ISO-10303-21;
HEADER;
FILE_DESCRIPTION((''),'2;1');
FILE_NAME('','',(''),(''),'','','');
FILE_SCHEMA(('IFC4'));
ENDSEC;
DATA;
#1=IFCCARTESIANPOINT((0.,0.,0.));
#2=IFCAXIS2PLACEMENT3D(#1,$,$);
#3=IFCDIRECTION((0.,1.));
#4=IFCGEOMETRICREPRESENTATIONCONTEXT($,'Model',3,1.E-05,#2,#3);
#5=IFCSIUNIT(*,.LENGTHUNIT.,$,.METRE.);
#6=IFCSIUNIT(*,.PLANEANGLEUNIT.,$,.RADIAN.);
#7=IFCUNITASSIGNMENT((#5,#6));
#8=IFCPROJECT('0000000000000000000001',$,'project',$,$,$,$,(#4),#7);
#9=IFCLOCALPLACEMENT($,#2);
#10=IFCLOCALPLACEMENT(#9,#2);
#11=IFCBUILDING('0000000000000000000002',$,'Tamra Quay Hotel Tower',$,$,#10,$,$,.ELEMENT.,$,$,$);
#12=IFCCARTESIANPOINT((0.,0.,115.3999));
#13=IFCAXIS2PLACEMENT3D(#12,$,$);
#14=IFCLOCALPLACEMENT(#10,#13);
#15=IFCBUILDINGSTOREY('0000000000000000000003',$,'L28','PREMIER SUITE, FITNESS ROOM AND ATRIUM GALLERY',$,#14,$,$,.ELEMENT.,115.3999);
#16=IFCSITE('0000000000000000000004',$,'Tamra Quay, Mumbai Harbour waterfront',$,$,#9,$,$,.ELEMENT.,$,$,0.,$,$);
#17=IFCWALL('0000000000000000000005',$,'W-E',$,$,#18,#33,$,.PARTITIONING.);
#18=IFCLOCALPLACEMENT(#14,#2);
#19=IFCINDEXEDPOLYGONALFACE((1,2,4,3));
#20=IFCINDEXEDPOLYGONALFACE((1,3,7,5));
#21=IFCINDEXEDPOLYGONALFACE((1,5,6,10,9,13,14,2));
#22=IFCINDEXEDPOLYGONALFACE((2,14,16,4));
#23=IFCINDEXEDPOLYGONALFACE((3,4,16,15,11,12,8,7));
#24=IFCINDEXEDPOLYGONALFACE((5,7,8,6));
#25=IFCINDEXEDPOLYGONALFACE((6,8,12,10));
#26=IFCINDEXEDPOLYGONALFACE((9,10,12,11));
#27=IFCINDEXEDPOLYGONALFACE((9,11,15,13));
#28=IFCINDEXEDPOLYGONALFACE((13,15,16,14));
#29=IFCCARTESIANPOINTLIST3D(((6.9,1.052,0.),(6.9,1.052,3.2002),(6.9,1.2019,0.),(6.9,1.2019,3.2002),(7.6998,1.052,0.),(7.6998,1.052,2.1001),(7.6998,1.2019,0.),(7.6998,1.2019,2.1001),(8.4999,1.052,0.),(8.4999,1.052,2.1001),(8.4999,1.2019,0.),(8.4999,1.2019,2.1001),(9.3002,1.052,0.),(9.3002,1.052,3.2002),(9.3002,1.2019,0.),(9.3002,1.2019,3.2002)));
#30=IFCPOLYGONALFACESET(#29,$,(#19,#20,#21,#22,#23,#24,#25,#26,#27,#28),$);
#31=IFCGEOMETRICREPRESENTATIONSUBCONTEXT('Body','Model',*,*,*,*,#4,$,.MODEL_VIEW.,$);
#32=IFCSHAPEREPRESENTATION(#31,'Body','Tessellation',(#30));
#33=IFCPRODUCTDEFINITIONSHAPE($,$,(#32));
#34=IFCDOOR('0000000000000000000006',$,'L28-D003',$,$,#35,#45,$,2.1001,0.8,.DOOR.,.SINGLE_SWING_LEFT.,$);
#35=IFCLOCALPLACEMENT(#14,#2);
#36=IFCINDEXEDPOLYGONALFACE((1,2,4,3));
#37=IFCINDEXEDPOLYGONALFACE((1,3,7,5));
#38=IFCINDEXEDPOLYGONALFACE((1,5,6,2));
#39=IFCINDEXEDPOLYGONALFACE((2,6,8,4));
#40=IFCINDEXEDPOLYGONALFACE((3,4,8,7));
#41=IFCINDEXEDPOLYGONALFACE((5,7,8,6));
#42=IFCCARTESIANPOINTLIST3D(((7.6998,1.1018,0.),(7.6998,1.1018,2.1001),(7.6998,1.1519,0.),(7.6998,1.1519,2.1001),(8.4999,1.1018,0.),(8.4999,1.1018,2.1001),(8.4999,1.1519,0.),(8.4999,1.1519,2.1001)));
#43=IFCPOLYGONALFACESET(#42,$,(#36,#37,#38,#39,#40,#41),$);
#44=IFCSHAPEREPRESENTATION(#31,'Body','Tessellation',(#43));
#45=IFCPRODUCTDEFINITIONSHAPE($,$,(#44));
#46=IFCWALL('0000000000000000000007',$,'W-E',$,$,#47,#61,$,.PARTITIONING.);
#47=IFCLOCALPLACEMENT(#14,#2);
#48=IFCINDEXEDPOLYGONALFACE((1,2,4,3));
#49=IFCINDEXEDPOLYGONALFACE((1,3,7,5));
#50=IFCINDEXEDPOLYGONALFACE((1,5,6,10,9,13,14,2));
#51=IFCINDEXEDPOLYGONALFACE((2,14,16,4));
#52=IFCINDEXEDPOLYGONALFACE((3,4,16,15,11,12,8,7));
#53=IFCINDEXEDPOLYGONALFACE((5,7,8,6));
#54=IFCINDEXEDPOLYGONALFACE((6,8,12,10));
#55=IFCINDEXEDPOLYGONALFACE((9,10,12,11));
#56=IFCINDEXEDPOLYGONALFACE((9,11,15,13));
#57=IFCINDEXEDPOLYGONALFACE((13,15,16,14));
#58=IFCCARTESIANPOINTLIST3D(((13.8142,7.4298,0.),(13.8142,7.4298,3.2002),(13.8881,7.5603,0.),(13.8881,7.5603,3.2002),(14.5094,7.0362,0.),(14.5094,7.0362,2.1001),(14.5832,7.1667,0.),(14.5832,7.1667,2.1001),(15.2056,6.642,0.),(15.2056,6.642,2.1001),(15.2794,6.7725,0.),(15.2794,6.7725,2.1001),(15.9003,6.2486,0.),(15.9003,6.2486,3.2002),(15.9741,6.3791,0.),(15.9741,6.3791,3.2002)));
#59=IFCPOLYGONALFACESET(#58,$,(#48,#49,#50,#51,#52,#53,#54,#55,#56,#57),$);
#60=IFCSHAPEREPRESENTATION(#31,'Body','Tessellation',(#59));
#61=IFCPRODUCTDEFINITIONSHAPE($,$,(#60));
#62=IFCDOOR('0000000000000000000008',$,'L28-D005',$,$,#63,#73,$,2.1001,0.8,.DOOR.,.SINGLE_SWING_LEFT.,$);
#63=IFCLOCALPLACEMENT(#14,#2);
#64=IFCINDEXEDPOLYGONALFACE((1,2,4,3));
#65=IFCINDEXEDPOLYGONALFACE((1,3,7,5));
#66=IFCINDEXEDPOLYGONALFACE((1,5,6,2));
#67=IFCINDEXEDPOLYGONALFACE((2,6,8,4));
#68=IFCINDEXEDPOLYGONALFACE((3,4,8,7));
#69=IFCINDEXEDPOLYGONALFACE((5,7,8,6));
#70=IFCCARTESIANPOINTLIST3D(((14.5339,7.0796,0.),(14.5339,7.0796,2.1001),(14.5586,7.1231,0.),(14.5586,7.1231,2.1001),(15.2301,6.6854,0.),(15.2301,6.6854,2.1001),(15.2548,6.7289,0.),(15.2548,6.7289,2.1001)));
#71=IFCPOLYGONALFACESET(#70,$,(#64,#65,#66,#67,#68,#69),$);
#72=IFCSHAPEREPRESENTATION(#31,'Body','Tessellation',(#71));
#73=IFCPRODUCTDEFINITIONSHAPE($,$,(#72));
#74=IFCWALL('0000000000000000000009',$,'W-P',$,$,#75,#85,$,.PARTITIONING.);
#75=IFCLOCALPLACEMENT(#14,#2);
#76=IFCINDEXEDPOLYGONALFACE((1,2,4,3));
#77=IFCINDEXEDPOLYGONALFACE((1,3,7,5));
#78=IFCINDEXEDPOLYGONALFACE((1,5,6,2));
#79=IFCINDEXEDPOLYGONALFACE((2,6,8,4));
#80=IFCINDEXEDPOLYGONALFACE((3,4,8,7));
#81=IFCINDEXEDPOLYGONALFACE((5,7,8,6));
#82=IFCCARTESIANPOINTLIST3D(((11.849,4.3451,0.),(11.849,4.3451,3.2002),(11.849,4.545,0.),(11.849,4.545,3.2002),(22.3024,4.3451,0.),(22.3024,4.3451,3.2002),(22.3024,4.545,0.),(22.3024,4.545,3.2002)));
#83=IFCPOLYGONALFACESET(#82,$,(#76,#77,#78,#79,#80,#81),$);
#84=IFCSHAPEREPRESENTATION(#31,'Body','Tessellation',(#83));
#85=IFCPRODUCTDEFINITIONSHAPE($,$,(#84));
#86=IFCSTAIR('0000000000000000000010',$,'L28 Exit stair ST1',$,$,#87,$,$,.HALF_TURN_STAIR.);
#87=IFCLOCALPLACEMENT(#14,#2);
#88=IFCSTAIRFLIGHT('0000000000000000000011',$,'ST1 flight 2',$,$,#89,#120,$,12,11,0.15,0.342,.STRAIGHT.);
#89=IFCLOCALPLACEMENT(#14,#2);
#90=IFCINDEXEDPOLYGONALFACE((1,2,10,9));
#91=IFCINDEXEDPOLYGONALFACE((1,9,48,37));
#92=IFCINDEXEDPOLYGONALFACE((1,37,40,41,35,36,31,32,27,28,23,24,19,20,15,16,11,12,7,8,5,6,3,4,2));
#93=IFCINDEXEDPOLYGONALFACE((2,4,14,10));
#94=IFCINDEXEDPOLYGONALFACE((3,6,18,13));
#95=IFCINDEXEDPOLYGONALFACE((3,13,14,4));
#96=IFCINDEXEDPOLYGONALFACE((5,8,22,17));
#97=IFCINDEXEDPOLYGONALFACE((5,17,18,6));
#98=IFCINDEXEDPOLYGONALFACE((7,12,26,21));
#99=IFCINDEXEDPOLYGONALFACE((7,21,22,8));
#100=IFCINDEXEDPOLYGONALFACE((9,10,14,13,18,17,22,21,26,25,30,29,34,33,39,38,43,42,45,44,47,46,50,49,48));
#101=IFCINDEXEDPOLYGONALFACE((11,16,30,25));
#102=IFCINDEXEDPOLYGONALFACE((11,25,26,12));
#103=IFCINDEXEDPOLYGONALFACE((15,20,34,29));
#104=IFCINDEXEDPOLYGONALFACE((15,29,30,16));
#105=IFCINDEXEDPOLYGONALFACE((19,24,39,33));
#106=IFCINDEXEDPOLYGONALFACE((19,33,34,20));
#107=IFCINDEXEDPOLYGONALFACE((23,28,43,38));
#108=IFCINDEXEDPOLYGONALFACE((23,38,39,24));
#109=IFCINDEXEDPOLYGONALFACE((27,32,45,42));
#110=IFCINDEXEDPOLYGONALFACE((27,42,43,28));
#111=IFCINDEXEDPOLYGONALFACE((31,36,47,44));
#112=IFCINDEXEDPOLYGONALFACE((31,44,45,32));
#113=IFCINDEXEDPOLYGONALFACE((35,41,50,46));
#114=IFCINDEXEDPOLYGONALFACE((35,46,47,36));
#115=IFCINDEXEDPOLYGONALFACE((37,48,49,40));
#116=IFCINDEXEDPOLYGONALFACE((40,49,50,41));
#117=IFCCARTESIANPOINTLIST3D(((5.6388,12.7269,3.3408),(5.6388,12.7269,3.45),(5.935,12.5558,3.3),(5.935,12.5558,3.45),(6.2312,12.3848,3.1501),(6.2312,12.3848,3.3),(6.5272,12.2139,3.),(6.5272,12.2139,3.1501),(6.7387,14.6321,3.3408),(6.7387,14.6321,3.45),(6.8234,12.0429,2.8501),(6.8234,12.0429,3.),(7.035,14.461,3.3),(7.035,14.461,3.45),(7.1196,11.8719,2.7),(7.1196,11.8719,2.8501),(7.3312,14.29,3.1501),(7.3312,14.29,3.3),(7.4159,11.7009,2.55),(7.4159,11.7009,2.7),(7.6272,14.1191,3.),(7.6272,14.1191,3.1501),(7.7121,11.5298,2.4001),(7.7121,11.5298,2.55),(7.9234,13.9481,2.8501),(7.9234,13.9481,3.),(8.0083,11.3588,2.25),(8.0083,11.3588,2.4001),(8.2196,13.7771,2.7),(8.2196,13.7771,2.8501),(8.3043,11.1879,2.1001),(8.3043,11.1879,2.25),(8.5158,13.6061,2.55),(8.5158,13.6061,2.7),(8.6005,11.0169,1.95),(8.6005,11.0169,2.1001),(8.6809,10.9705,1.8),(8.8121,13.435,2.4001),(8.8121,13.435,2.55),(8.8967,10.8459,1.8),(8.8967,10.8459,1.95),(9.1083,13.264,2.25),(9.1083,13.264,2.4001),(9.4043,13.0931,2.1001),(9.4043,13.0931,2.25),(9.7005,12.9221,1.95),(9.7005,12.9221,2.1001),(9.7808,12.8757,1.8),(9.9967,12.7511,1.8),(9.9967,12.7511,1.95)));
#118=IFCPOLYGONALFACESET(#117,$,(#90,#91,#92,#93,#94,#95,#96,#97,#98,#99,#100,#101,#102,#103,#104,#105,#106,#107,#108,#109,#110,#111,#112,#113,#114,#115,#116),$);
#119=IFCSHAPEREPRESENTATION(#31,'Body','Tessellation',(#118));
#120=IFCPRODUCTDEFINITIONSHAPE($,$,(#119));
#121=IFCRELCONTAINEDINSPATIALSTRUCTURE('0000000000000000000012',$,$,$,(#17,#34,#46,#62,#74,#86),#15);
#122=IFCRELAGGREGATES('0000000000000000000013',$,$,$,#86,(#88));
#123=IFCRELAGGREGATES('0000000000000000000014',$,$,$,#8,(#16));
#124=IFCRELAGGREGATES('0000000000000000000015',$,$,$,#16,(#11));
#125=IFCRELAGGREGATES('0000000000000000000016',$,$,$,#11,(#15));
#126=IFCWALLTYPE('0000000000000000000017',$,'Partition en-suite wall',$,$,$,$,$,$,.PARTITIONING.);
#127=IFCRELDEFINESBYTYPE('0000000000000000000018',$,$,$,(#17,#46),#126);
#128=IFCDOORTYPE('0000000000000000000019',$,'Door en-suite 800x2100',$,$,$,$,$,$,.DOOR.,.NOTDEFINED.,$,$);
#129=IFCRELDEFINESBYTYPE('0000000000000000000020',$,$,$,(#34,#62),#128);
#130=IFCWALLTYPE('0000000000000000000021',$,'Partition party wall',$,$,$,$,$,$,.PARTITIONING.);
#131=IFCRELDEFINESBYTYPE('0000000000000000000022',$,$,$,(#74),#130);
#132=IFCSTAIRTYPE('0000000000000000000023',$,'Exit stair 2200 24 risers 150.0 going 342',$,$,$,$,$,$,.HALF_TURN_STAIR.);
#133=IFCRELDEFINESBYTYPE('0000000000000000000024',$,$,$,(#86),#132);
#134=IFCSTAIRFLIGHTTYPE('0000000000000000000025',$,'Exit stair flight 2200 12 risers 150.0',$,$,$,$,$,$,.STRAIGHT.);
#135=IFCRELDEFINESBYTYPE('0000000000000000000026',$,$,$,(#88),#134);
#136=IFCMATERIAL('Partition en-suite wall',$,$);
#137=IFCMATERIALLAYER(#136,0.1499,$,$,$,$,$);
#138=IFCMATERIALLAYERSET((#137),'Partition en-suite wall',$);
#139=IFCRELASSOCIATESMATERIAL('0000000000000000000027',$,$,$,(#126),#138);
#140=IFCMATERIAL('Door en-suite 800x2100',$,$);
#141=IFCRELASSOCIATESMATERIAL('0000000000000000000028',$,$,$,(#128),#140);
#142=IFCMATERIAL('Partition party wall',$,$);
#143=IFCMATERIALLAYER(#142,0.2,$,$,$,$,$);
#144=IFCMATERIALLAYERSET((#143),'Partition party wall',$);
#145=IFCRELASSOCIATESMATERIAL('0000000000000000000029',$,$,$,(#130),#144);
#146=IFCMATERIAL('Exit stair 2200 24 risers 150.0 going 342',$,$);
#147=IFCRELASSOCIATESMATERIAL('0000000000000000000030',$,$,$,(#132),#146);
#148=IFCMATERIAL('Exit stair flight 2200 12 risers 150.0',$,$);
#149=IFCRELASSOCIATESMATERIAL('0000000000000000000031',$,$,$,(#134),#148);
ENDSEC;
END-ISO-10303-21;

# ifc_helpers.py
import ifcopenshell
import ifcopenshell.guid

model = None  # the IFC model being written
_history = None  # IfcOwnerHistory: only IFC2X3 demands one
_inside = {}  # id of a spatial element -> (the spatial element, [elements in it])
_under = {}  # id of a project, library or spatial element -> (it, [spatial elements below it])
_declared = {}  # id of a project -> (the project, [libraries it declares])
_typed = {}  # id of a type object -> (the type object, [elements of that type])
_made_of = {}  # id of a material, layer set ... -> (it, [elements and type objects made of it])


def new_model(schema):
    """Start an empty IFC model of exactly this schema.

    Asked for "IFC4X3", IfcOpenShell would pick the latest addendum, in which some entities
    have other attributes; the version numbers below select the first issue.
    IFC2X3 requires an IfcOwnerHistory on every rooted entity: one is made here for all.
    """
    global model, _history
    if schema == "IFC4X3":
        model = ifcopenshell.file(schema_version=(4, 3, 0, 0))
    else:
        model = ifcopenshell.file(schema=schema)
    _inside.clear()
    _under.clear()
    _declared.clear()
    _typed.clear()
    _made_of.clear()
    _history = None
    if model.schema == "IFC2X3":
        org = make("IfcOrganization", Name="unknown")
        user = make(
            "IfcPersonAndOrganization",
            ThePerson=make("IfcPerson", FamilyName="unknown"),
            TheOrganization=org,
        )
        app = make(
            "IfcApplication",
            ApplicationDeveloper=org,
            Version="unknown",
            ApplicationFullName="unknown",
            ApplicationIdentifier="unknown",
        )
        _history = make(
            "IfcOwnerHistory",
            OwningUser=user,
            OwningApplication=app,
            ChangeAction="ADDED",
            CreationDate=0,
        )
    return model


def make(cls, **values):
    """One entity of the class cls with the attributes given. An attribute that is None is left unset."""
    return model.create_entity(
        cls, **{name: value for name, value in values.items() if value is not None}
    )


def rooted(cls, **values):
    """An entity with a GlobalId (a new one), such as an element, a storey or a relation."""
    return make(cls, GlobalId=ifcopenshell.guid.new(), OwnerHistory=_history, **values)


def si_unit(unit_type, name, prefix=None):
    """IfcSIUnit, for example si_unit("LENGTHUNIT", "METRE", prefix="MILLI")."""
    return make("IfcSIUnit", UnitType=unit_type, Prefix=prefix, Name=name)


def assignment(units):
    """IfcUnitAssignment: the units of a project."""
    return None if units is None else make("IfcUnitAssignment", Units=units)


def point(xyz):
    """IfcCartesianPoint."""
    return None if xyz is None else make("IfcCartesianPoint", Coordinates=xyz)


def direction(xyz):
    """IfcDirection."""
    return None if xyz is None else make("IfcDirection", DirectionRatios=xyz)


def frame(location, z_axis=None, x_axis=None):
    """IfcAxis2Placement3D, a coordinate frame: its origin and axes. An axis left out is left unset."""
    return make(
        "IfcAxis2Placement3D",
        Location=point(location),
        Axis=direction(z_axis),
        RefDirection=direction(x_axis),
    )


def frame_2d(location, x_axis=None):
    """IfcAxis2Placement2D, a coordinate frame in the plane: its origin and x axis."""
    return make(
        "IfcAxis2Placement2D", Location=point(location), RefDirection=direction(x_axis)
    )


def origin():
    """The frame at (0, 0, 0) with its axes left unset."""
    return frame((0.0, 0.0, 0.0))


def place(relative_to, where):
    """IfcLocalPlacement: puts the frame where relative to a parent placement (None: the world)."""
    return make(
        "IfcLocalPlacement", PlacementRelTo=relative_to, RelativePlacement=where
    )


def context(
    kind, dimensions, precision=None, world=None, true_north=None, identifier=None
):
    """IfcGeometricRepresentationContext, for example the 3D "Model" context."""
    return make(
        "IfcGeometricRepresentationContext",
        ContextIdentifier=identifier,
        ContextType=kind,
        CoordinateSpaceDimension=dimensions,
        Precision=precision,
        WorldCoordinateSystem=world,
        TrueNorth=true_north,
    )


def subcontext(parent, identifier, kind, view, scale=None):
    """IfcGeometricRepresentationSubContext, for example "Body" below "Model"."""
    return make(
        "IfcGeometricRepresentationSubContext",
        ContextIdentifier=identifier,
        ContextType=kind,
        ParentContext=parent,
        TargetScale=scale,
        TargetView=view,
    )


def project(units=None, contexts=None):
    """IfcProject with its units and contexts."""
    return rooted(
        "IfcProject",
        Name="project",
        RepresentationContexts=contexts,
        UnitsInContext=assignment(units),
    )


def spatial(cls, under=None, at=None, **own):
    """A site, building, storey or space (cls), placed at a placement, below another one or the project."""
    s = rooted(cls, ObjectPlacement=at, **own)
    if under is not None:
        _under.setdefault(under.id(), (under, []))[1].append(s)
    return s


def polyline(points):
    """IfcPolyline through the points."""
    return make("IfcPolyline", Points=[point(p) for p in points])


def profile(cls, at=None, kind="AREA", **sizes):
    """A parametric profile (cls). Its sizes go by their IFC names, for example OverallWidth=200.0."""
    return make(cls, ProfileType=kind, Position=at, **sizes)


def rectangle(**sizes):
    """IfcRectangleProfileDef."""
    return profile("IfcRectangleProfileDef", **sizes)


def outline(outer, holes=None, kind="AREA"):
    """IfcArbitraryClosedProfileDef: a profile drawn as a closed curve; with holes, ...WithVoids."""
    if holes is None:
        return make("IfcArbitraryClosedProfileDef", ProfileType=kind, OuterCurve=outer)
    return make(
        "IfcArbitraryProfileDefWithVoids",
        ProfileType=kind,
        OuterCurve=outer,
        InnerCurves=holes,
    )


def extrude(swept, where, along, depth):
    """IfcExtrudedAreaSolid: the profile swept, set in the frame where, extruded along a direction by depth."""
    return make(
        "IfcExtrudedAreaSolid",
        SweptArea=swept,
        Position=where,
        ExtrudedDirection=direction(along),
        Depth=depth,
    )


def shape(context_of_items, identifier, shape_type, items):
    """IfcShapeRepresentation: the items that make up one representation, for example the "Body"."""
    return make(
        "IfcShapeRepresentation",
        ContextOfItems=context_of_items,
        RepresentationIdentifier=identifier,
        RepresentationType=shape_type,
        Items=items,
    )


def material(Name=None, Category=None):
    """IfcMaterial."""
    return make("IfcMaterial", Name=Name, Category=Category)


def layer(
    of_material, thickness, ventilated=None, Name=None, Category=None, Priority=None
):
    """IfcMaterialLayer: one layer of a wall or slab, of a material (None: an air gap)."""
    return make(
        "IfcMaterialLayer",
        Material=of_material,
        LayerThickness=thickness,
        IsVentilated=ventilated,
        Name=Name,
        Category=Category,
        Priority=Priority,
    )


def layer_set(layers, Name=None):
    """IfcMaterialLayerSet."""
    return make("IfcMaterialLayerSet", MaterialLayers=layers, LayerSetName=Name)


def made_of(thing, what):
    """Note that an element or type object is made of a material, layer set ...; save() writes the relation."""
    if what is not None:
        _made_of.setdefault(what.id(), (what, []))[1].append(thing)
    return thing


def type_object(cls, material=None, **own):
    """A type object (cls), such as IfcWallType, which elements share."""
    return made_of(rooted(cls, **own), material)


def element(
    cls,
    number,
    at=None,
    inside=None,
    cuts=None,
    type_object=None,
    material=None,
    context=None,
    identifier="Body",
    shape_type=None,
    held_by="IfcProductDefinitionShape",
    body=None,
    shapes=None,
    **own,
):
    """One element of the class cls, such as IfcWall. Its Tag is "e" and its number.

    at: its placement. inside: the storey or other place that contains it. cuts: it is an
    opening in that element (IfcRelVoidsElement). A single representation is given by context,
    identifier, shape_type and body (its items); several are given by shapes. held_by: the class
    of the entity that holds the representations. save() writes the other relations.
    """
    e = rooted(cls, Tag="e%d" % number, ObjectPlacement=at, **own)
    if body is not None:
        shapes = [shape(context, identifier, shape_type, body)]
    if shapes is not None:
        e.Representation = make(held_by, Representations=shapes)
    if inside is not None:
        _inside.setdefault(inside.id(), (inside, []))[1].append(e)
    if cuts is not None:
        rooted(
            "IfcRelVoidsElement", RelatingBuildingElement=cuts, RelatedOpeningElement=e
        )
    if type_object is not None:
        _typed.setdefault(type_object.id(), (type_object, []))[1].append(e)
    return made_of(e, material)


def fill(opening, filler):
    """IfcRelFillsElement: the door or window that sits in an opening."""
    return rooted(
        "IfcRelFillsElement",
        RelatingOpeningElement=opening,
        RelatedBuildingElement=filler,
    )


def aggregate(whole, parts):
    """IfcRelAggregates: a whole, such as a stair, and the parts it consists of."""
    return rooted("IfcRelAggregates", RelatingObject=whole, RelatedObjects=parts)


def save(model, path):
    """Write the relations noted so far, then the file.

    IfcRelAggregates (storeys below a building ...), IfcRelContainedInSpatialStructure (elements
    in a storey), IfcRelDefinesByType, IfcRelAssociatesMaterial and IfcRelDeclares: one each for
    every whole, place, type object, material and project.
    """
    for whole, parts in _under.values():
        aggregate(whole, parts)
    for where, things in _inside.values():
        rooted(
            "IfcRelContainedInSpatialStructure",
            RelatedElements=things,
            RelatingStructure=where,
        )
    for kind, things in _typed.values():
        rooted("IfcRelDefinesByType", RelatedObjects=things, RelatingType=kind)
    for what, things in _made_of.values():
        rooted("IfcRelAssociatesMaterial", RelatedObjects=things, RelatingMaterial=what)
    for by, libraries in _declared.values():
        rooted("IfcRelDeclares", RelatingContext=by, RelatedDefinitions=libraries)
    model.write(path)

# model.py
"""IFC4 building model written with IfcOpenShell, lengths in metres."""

from ifc_helpers import new_model, si_unit, direction, frame, frame_2d, origin, place, context, subcontext, project, spatial, polyline, rectangle, outline, extrude, material, layer, layer_set, type_object, element, fill, aggregate, save


model = new_model("IFC4")

# Units and contexts
model_context = context("Model", 3, precision=1e-05, world=origin(), true_north=direction((0.0, 1.0)))
body_context = subcontext(model_context, "Body", "Model", "MODEL_VIEW")
ifc_project = project(units=[si_unit("LENGTHUNIT", "METRE"), si_unit("PLANEANGLEUNIT", "RADIAN")], contexts=[model_context])

# Site, building, storey
site_placement = place(None, origin())
site = spatial("IfcSite", under=ifc_project, at=site_placement, Name="Tamra Quay, Mumbai Harbour waterfront", CompositionType="ELEMENT", RefElevation=0.0)
building_placement = place(site_placement, origin())
building = spatial("IfcBuilding", under=site, at=building_placement, Name="Tamra Quay Hotel Tower", CompositionType="ELEMENT")
storey_placement = place(building_placement, frame((0.0, 0.0, 115.3999)))
storey = spatial("IfcBuildingStorey", under=building, at=storey_placement, Name="L28", Description="PREMIER SUITE, FITNESS ROOM AND ATRIUM GALLERY", CompositionType="ELEMENT", Elevation=115.3999)

# Walls, openings, doors
ifc_material_1 = material(Name="Partition en-suite wall")
ifc_layer_1 = layer(ifc_material_1, 0.1499)
ifc_layer_set_1 = layer_set([ifc_layer_1], Name="Partition en-suite wall")
wall_type_1 = type_object("IfcWallType", Name="Partition en-suite wall", PredefinedType="PARTITIONING", material=ifc_layer_set_1)
wall_1_placement = place(storey_placement, frame((6.8999, 1.127, 0.0), z_axis=(0.0, 0.0, 1.0), x_axis=(1.0, 0.0, 0.0)))
wall_1 = element("IfcWall", 1, at=wall_1_placement, inside=storey, type_object=wall_type_1, Name="W-E", PredefinedType="PARTITIONING", context=body_context, shape_type="SweptSolid", body=[
    extrude(rectangle(XDim=2.4001, YDim=0.1499, at=frame_2d((1.2002, 0.0))), origin(), (0.0, 0.0, 1.0), 3.2002),
])
opening_1_placement = place(wall_1_placement, frame((0.8, 0.0, 0.0)))
opening_1 = element("IfcOpeningElement", 2, at=opening_1_placement, cuts=wall_1, PredefinedType="OPENING", context=body_context, shape_type="SweptSolid", body=[
    extrude(rectangle(XDim=0.8, YDim=2.1001, at=frame_2d((0.3999, 1.05))), frame((0.0, 0.085, 0.0), z_axis=(0.0, -1.0, 0.0), x_axis=(1.0, 0.0, 0.0)), (0.0, 0.0, 1.0), 0.1699),
])
ifc_material_2 = material(Name="Door en-suite 800x2100")
door_type_1 = type_object("IfcDoorType", Name="Door en-suite 800x2100", OperationType="NOTDEFINED", PredefinedType="DOOR", material=ifc_material_2)
door_1_placement = place(opening_1_placement, origin())
door_1 = element("IfcDoor", 3, at=door_1_placement, inside=storey, type_object=door_type_1, Name="L28-D003", OperationType="SINGLE_SWING_LEFT", OverallHeight=2.1001, OverallWidth=0.8, PredefinedType="DOOR", context=body_context, shape_type="SweptSolid", body=[
    extrude(rectangle(XDim=0.8, YDim=2.1001, at=frame_2d((0.3999, 1.05))), frame((0.0, 0.0249, 0.0), z_axis=(0.0, -1.0, 0.0), x_axis=(1.0, 0.0, 0.0)), (0.0, 0.0, 1.0), 0.05),
])
fill(opening_1, door_1)
wall_2_placement = place(storey_placement, frame((13.8511, 7.4951, 0.0), z_axis=(0.0, 0.0, 1.0), x_axis=(0.870179, -0.492735, 0.0)))
wall_2 = element("IfcWall", 4, at=wall_2_placement, inside=storey, type_object=wall_type_1, Name="W-E", PredefinedType="PARTITIONING", context=body_context, shape_type="SweptSolid", body=[
    extrude(rectangle(XDim=2.3972, YDim=0.1499, at=frame_2d((1.1987, 0.0))), origin(), (0.0, 0.0, 1.0), 3.2002),
])
opening_2_placement = place(wall_2_placement, frame((0.7991, 0.0, 0.0)))
opening_2 = element("IfcOpeningElement", 5, at=opening_2_placement, cuts=wall_2, PredefinedType="OPENING", context=body_context, shape_type="SweptSolid", body=[
    extrude(rectangle(XDim=0.8, YDim=2.1001, at=frame_2d((0.3999, 1.05))), frame((0.0, 0.085, 0.0), z_axis=(0.0, -1.0, 0.0), x_axis=(1.0, 0.0, 0.0)), (0.0, 0.0, 1.0), 0.1699),
])
door_2_placement = place(opening_2_placement, origin())
door_2 = element("IfcDoor", 6, at=door_2_placement, inside=storey, type_object=door_type_1, Name="L28-D005", OperationType="SINGLE_SWING_LEFT", OverallHeight=2.1001, OverallWidth=0.8, PredefinedType="DOOR", context=body_context, shape_type="SweptSolid", body=[
    extrude(rectangle(XDim=0.8, YDim=2.1001, at=frame_2d((0.3999, 1.05))), frame((0.0, 0.0249, 0.0), z_axis=(0.0, -1.0, 0.0), x_axis=(1.0, 0.0, 0.0)), (0.0, 0.0, 1.0), 0.05),
])
fill(opening_2, door_2)

# Wall
ifc_material_3 = material(Name="Partition party wall")
ifc_layer_2 = layer(ifc_material_3, 0.2)
ifc_layer_set_2 = layer_set([ifc_layer_2], Name="Partition party wall")
wall_type_2 = type_object("IfcWallType", Name="Partition party wall", PredefinedType="PARTITIONING", material=ifc_layer_set_2)
wall_3_placement = place(storey_placement, frame((11.8491, 4.4451, 0.0), z_axis=(0.0, 0.0, 1.0), x_axis=(1.0, 0.0, 0.0)))
element("IfcWall", 7, at=wall_3_placement, inside=storey, type_object=wall_type_2, Name="W-P", PredefinedType="PARTITIONING", context=body_context, shape_type="SweptSolid", body=[
    extrude(rectangle(XDim=10.4534, YDim=0.2, at=frame_2d((5.2266, 0.0))), origin(), (0.0, 0.0, 1.0), 3.2002),
])

# Stair, stair flight
ifc_material_4 = material(Name="Exit stair 2200 24 risers 150.0 going 342")
stair_type = type_object("IfcStairType", Name="Exit stair 2200 24 risers 150.0 going 342", PredefinedType="HALF_TURN_STAIR", material=ifc_material_4)
stair_placement = place(storey_placement, origin())
stair = element("IfcStair", 8, at=stair_placement, inside=storey, type_object=stair_type, Name="L28 Exit stair ST1", PredefinedType="HALF_TURN_STAIR")
ifc_material_5 = material(Name="Exit stair flight 2200 12 risers 150.0")
stair_flight_type = type_object("IfcStairFlightType", Name="Exit stair flight 2200 12 risers 150.0", PredefinedType="STRAIGHT", material=ifc_material_5)
stair_flight_placement = place(storey_placement, frame((9.4468, 11.7986, 1.8), z_axis=(0.0, 0.0, 1.0), x_axis=(-0.866025, 0.5, 0.0)))
stair_flight = element("IfcStairFlight", 9, at=stair_flight_placement, type_object=stair_flight_type, Name="ST1 flight 2", NumberOfRisers=12, NumberOfTreads=11, PredefinedType="STRAIGHT", RiserHeight=0.15, TreadLength=0.342, context=body_context, shape_type="SweptSolid", body=[
    extrude(outline(polyline([(0.0, 0.0), (0.0, 0.1499), (0.342, 0.1499), (0.342, 0.3), (0.6841, 0.3), (0.6841, 0.45), (1.0259, 0.45), (1.0259, 0.6001), (1.3679, 0.6001), (1.3679, 0.75), (1.71, 0.75), (1.71, 0.8999), (2.052, 0.8999), (2.052, 1.05), (2.394, 1.05), (2.394, 1.2), (2.7361, 1.2), (2.7361, 1.3501), (3.0779, 1.3501), (3.0779, 1.5), (3.4199, 1.5), (3.4199, 1.6499), (3.762, 1.6499), (3.762, 1.8), (3.762, 1.5408), (0.2493, 0.0), (0.0, 0.0)])), frame((0.0, 1.1001, 0.0), z_axis=(0.0, -1.0, 0.0), x_axis=(1.0, 0.0, 0.0)), (0.0, 0.0, 1.0), 2.2),
])
aggregate(stair, [stair_flight])

save(model, "model.ifc")
